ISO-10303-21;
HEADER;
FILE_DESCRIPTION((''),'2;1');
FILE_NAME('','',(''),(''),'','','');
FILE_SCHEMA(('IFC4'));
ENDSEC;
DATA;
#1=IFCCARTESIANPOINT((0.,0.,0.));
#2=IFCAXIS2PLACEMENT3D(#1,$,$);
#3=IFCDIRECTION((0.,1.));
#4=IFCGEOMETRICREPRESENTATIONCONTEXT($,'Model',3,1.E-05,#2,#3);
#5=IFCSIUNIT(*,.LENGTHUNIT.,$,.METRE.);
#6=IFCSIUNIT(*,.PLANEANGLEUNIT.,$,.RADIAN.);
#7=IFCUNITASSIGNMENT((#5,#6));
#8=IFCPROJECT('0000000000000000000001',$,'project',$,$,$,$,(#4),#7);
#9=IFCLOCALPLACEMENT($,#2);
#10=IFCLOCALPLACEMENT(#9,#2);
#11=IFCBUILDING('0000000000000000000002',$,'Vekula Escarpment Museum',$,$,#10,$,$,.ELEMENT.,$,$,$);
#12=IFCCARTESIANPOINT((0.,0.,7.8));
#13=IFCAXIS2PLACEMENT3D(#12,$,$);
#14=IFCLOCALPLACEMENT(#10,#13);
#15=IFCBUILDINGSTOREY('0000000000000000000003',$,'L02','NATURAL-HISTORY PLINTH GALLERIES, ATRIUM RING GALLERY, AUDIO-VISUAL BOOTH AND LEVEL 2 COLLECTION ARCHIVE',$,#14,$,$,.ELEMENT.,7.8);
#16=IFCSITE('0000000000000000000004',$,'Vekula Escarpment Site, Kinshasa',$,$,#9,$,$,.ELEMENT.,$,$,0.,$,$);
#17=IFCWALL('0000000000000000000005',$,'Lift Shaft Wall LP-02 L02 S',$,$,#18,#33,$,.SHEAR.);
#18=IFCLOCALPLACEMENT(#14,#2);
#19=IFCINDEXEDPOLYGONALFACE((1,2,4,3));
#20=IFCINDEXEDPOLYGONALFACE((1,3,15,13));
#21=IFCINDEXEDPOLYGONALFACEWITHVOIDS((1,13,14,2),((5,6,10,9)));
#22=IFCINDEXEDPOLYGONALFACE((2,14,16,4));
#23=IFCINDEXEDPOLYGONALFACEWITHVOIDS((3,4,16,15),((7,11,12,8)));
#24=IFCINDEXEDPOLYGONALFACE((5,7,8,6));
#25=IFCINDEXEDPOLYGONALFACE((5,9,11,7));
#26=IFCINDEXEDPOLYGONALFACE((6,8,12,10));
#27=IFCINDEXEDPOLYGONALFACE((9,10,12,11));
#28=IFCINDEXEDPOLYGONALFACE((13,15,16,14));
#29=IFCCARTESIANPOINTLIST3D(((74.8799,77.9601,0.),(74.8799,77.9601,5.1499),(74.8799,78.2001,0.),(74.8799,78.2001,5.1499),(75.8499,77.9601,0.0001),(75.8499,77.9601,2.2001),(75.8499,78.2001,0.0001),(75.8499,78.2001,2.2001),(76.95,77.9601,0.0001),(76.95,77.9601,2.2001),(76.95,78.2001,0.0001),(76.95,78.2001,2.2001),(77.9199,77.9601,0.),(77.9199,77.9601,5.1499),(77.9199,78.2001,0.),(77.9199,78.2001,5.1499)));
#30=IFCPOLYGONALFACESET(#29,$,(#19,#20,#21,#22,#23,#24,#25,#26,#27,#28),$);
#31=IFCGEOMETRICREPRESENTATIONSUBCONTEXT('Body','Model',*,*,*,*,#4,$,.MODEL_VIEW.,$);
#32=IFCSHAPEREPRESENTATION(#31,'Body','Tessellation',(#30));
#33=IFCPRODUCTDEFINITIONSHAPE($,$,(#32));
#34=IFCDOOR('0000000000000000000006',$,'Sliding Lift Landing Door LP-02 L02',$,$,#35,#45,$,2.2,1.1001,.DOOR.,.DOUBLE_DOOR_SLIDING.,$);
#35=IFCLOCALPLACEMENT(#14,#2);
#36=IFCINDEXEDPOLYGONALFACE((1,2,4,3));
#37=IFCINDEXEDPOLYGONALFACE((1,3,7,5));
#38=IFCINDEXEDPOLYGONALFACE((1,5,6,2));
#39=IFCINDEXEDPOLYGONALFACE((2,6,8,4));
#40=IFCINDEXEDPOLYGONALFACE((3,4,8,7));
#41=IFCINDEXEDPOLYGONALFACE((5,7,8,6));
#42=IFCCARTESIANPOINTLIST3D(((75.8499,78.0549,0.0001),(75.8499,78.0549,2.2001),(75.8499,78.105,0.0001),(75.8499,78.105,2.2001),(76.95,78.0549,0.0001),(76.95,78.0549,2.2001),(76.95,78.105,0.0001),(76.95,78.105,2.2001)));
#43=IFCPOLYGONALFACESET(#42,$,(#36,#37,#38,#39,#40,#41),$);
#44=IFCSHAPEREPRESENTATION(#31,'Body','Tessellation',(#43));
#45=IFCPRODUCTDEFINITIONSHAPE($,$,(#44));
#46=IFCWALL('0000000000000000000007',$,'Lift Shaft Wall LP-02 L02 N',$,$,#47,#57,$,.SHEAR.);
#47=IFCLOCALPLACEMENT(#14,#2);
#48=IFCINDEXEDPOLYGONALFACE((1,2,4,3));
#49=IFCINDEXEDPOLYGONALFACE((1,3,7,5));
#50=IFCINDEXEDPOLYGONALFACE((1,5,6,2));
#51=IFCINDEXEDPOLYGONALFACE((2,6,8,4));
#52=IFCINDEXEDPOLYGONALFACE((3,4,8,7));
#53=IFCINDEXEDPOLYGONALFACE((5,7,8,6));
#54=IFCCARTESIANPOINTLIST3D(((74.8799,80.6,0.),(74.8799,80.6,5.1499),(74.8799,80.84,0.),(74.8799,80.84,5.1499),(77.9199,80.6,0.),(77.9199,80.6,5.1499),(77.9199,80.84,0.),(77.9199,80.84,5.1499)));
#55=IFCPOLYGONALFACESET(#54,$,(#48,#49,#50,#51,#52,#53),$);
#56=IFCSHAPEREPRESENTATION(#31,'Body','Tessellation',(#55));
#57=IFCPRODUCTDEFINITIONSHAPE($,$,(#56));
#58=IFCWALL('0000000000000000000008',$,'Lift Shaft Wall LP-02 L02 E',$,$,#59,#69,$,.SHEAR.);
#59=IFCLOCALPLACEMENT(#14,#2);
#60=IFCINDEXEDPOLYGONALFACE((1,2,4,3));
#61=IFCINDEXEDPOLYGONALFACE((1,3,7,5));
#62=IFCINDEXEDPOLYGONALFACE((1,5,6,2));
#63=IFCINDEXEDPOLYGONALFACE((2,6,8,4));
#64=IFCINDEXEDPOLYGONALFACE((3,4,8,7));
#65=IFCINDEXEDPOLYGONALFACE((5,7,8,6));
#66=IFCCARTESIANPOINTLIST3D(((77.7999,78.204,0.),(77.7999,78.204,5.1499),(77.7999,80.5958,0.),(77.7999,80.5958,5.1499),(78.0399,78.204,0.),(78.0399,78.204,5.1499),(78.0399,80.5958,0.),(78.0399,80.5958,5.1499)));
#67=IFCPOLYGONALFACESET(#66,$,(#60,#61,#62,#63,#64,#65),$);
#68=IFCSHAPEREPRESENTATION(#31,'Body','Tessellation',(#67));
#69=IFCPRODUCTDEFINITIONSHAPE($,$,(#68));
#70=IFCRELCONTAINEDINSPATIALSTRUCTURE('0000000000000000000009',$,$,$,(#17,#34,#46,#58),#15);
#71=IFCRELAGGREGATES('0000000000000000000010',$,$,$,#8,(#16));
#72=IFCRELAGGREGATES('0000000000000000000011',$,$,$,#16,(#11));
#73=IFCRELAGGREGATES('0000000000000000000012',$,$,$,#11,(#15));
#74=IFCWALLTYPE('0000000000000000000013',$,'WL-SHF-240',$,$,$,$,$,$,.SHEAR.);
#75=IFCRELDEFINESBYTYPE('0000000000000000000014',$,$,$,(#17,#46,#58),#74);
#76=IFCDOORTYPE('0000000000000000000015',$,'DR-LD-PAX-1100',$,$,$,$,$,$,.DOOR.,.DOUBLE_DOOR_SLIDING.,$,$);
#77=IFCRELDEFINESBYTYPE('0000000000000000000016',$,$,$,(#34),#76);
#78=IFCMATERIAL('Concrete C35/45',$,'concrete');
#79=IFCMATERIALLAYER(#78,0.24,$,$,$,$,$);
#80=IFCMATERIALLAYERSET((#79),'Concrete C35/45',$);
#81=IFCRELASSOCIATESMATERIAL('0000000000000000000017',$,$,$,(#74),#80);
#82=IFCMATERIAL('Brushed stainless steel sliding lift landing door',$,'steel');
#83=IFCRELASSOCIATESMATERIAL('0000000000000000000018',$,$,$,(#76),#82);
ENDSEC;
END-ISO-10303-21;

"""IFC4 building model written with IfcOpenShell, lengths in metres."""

from ifc_helpers import new_model, si_unit, direction, frame, frame_2d, origin, place, context, subcontext, project, spatial, rectangle, extrude, material, layer, layer_set, type_object, element, fill, save


model = new_model("IFC4")

# Units and contexts
model_context = context("Model", 3, precision=1e-05, world=origin(), true_north=direction((0.0, 1.0)))
body_context = subcontext(model_context, "Body", "Model", "MODEL_VIEW")
ifc_project = project(units=[si_unit("LENGTHUNIT", "METRE"), si_unit("PLANEANGLEUNIT", "RADIAN")], contexts=[model_context])

# Site, building, storey
site_placement = place(None, origin())
site = spatial("IfcSite", under=ifc_project, at=site_placement, Name="Vekula Escarpment Site, Kinshasa", CompositionType="ELEMENT", RefElevation=0.0)
building_placement = place(site_placement, origin())
building = spatial("IfcBuilding", under=site, at=building_placement, Name="Vekula Escarpment Museum", CompositionType="ELEMENT")
storey_placement = place(building_placement, frame((0.0, 0.0, 7.8)))
storey = spatial("IfcBuildingStorey", under=building, at=storey_placement, Name="L02", Description="NATURAL-HISTORY PLINTH GALLERIES, ATRIUM RING GALLERY, AUDIO-VISUAL BOOTH AND LEVEL 2 COLLECTION ARCHIVE", CompositionType="ELEMENT", Elevation=7.8)

# Shared definitions
ifc_material_1 = material(Name="Concrete C35/45", Category="concrete")
ifc_layer_1 = layer(ifc_material_1, 0.24)
ifc_layer_set_1 = layer_set([ifc_layer_1], Name="Concrete C35/45")
wall_type_1 = type_object("IfcWallType", Name="WL-SHF-240", PredefinedType="SHEAR", material=ifc_layer_set_1)

# Wall, opening, door
wall_1_placement = place(storey_placement, frame((74.8799, 78.0801, 0.0), z_axis=(0.0, 0.0, 1.0), x_axis=(1.0, 0.0, 0.0)))
wall_1 = element("IfcWall", 1, at=wall_1_placement, inside=storey, type_object=wall_type_1, Name="Lift Shaft Wall LP-02 L02 S", PredefinedType="SHEAR", context=body_context, shape_type="SweptSolid", body=[
    extrude(rectangle(XDim=3.04, YDim=0.24, at=frame_2d((1.52, 0.0))), origin(), (0.0, 0.0, 1.0), 5.1499),
])
opening_1_placement = place(wall_1_placement, frame((0.97, 0.0, 0.0)))
opening_1 = element("IfcOpeningElement", 2, at=opening_1_placement, cuts=wall_1, PredefinedType="OPENING", context=body_context, shape_type="SweptSolid", body=[
    extrude(rectangle(XDim=1.1001, YDim=2.2, at=frame_2d((0.55, 1.1001))), frame((0.0, 0.1299, 0.0), z_axis=(0.0, -1.0, 0.0), x_axis=(1.0, 0.0, 0.0)), (0.0, 0.0, 1.0), 0.26),
])
ifc_material_2 = material(Name="Brushed stainless steel sliding lift landing door", Category="steel")
door_type_1 = type_object("IfcDoorType", Name="DR-LD-PAX-1100", OperationType="DOUBLE_DOOR_SLIDING", PredefinedType="DOOR", material=ifc_material_2)
door_1_placement = place(opening_1_placement, origin())
door_1 = element("IfcDoor", 3, at=door_1_placement, inside=storey, type_object=door_type_1, Name="Sliding Lift Landing Door LP-02 L02", OperationType="DOUBLE_DOOR_SLIDING", OverallHeight=2.2, OverallWidth=1.1001, PredefinedType="DOOR", context=body_context, shape_type="SweptSolid", body=[
    extrude(rectangle(XDim=1.1001, YDim=2.2, at=frame_2d((0.55, 1.1001))), frame((0.0, 0.0249, 0.0), z_axis=(0.0, -1.0, 0.0), x_axis=(1.0, 0.0, 0.0)), (0.0, 0.0, 1.0), 0.05),
])
fill(opening_1, door_1)

# Walls
wall_2_placement = place(storey_placement, frame((74.8799, 80.72, 0.0), z_axis=(0.0, 0.0, 1.0), x_axis=(1.0, 0.0, 0.0)))
element("IfcWall", 4, at=wall_2_placement, inside=storey, type_object=wall_type_1, Name="Lift Shaft Wall LP-02 L02 N", PredefinedType="SHEAR", context=body_context, shape_type="SweptSolid", body=[
    extrude(rectangle(XDim=3.04, YDim=0.24, at=frame_2d((1.52, 0.0))), origin(), (0.0, 0.0, 1.0), 5.1499),
])
wall_3_placement = place(storey_placement, frame((77.9199, 78.2041, 0.0), z_axis=(0.0, 0.0, 1.0), x_axis=(0.0, 1.0, 0.0)))
element("IfcWall", 5, at=wall_3_placement, inside=storey, type_object=wall_type_1, Name="Lift Shaft Wall LP-02 L02 E", PredefinedType="SHEAR", context=body_context, shape_type="SweptSolid", body=[
    extrude(rectangle(XDim=2.3918, YDim=0.24, at=frame_2d((1.1958, 0.0))), origin(), (0.0, 0.0, 1.0), 5.1499),
])

save(model, "model.ifc")
